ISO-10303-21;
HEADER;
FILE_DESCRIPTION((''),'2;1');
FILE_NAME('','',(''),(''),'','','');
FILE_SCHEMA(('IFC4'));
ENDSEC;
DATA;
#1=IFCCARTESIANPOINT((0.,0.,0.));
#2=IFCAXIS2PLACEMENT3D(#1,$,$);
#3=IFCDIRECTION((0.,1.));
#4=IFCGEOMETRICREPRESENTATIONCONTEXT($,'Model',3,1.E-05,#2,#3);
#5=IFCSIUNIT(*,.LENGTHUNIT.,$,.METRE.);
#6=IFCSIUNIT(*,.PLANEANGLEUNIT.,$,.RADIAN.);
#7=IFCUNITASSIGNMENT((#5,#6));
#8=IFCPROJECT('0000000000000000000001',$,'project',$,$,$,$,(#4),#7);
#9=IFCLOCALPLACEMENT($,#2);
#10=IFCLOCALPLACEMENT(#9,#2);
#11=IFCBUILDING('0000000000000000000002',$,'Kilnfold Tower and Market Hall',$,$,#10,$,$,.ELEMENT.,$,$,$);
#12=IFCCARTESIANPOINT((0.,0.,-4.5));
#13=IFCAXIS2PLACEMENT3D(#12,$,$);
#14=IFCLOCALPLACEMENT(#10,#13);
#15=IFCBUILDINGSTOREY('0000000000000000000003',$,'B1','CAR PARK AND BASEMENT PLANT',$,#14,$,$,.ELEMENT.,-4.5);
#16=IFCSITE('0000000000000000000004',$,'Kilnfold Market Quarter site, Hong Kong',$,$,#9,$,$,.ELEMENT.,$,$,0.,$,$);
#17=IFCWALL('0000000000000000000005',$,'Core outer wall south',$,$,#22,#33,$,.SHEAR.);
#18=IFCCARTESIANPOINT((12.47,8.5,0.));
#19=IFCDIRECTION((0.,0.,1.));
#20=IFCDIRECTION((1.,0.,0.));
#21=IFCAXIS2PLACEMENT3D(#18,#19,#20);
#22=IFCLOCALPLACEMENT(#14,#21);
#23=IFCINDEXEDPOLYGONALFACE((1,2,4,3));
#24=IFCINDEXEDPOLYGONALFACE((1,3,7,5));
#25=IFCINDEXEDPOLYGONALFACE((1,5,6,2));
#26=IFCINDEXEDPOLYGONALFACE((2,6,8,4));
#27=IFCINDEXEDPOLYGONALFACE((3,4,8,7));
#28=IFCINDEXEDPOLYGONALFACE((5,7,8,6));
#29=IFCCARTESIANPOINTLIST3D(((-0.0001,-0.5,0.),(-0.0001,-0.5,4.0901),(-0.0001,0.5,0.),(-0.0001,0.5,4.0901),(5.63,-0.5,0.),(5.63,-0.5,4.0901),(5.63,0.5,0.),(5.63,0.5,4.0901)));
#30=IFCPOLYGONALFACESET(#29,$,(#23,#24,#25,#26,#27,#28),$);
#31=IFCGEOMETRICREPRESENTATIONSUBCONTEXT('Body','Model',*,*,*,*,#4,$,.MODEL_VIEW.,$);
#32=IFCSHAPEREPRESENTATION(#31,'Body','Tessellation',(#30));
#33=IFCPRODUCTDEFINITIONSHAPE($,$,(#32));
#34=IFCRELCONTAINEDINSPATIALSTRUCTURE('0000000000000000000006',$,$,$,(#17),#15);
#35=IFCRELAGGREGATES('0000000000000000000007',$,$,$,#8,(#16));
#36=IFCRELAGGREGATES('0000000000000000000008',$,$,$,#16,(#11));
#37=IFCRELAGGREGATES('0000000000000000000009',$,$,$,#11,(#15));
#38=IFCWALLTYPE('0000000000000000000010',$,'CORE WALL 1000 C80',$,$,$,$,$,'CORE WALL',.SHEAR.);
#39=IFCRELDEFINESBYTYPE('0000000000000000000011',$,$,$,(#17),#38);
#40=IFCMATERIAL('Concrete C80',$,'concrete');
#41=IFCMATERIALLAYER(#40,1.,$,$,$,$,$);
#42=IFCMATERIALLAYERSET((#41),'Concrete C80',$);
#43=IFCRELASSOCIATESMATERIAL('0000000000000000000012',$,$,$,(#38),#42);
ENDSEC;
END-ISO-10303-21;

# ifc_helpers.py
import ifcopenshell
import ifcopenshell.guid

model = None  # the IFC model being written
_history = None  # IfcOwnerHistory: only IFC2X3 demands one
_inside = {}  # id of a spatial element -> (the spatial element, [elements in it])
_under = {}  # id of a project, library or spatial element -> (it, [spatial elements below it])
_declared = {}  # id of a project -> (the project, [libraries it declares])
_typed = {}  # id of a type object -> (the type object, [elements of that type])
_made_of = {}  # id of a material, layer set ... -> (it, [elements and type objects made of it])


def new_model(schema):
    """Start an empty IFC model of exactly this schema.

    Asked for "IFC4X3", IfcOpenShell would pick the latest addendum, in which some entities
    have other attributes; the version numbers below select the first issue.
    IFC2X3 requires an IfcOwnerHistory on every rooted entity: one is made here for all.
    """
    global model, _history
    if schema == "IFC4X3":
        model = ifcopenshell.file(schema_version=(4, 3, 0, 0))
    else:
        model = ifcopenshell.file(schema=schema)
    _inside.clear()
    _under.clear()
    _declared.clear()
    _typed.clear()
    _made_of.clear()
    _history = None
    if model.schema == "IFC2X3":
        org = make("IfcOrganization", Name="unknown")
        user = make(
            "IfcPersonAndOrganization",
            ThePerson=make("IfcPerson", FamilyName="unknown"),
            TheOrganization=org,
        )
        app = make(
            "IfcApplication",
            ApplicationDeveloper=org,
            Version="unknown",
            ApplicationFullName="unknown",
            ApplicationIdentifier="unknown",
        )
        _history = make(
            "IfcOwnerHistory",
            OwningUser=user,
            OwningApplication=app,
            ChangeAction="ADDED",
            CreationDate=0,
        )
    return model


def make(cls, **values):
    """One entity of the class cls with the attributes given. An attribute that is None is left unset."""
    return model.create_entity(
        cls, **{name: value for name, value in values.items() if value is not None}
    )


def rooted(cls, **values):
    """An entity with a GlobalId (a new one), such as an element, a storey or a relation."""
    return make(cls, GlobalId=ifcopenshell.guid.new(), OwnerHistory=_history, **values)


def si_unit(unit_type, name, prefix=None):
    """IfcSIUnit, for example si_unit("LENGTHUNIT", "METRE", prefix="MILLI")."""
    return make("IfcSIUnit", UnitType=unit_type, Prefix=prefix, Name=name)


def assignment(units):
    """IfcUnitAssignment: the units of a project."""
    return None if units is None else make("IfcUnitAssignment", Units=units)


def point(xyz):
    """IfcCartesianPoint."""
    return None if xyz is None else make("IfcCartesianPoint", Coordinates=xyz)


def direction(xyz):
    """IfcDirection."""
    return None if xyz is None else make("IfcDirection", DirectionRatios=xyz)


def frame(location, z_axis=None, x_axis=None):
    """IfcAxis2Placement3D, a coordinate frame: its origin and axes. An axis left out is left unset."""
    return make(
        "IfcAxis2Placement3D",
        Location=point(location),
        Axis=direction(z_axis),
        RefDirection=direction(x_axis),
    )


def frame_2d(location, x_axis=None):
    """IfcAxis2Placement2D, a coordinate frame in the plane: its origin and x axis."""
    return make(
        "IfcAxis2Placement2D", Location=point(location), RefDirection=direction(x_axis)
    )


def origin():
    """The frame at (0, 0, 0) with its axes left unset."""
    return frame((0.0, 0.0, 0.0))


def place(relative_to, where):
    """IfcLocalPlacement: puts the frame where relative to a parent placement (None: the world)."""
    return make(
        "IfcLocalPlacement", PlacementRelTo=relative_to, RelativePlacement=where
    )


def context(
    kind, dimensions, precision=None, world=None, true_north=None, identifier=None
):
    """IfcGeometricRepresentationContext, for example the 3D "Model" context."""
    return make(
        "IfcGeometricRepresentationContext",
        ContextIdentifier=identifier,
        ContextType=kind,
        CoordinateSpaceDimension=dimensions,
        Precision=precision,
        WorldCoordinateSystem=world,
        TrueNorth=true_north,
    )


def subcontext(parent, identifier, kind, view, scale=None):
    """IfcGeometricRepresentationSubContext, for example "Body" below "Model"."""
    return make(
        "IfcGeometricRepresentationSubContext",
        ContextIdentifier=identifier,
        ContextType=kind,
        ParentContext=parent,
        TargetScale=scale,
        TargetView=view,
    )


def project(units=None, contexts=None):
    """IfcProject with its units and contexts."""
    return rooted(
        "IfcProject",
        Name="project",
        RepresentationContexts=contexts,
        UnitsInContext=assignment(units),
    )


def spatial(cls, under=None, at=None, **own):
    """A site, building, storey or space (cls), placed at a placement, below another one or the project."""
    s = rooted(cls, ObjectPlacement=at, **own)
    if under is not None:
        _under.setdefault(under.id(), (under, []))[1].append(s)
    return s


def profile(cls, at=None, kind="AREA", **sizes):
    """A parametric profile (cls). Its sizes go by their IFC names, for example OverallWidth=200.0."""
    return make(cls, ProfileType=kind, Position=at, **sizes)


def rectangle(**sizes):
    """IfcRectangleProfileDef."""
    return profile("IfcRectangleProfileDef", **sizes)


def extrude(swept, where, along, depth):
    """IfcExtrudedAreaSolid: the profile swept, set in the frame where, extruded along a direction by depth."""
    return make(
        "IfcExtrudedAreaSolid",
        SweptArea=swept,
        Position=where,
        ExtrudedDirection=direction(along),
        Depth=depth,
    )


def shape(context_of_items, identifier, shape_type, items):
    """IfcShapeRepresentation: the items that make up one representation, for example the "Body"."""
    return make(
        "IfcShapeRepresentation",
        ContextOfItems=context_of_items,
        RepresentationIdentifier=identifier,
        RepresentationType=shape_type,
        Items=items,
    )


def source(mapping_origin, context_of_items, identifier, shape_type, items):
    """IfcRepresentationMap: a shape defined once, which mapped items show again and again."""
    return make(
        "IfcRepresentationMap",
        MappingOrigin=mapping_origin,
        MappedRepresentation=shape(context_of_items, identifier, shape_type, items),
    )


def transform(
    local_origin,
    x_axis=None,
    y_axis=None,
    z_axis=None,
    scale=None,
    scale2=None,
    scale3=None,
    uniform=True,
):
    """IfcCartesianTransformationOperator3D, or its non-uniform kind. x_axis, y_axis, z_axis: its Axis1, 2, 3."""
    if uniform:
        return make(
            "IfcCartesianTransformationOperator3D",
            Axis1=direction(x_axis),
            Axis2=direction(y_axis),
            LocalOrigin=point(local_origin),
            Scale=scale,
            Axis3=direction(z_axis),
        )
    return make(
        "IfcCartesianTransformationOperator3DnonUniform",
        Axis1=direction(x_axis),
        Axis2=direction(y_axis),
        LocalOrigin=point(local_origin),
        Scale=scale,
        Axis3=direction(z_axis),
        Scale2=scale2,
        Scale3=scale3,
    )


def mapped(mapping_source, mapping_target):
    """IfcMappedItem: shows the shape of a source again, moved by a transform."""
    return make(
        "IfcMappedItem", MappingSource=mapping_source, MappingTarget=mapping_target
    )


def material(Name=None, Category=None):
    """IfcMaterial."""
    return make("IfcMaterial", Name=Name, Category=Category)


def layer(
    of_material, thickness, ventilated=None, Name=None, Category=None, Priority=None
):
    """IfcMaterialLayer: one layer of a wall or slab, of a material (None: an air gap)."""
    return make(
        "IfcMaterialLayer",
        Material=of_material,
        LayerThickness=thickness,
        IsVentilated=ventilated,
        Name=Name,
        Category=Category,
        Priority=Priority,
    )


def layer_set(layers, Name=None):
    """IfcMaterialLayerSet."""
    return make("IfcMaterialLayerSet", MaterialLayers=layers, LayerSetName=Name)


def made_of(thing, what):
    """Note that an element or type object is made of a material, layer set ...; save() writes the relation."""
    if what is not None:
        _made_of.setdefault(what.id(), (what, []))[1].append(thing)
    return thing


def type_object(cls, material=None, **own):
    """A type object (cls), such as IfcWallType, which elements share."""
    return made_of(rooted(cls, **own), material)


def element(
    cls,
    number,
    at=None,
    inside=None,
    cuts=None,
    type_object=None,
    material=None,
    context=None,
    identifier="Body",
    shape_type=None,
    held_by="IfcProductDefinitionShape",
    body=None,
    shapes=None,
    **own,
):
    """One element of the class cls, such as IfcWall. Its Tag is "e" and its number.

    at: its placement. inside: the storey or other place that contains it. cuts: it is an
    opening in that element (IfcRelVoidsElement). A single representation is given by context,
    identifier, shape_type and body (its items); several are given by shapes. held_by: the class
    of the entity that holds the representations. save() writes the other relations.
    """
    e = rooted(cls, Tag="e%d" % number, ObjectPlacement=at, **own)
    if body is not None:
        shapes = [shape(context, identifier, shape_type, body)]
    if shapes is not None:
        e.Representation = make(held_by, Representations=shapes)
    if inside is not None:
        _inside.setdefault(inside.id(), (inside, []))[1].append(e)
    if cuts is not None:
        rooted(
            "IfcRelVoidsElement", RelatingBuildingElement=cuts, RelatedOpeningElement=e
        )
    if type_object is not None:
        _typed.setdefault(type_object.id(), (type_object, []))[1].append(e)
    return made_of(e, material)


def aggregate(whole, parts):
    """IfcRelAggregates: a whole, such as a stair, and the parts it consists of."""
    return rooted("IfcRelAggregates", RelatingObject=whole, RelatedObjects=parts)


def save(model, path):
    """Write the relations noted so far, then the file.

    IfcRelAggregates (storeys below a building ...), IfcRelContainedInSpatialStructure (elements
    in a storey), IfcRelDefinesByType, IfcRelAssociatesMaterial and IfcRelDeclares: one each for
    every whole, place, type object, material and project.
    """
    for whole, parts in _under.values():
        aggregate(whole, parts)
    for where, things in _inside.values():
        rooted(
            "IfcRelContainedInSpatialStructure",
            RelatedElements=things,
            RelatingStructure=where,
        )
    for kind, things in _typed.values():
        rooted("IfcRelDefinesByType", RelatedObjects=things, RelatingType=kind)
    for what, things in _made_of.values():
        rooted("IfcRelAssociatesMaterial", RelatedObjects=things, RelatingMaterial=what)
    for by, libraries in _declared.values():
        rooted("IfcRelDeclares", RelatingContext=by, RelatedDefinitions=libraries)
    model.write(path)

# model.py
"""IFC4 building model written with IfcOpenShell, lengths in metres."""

from ifc_helpers import new_model, si_unit, direction, frame, frame_2d, origin, place, context, subcontext, project, spatial, rectangle, extrude, source, transform, mapped, material, layer, layer_set, type_object, element, save


model = new_model("IFC4")

# Units and contexts
model_context = context("Model", 3, precision=1e-05, world=origin(), true_north=direction((0.0, 1.0)))
body_context = subcontext(model_context, "Body", "Model", "MODEL_VIEW")
ifc_project = project(units=[si_unit("LENGTHUNIT", "METRE"), si_unit("PLANEANGLEUNIT", "RADIAN")], contexts=[model_context])

# Site, building, storey
site_placement = place(None, origin())
site = spatial("IfcSite", under=ifc_project, at=site_placement, Name="Kilnfold Market Quarter site, Hong Kong", CompositionType="ELEMENT", RefElevation=0.0)
building_placement = place(site_placement, origin())
building = spatial("IfcBuilding", under=site, at=building_placement, Name="Kilnfold Tower and Market Hall", CompositionType="ELEMENT")
storey_placement = place(building_placement, frame((0.0, 0.0, -4.5)))
storey = spatial("IfcBuildingStorey", under=building, at=storey_placement, Name="B1", Description="CAR PARK AND BASEMENT PLANT", CompositionType="ELEMENT", Elevation=-4.5)

# Wall
ifc_material_1 = material(Name="Concrete C80", Category="concrete")
ifc_layer_1 = layer(ifc_material_1, 1.0)
ifc_layer_set_1 = layer_set([ifc_layer_1], Name="Concrete C80")
wall_type_1 = type_object("IfcWallType", Name="CORE WALL 1000 C80", ElementType="CORE WALL", PredefinedType="SHEAR", material=ifc_layer_set_1)
shared_shape_1 = source(origin(), body_context, "Body", "SweptSolid", [
    extrude(rectangle(XDim=5.6301, YDim=1.0, at=frame_2d((2.8149, 0.0))), origin(), (0.0, 0.0, 1.0), 4.0901),
])
wall_1_placement = place(storey_placement, frame((12.47, 8.5, 0.0), z_axis=(0.0, 0.0, 1.0), x_axis=(1.0, 0.0, 0.0)))
element("IfcWall", 1, at=wall_1_placement, inside=storey, type_object=wall_type_1, Name="Core outer wall south", PredefinedType="SHEAR", context=body_context, shape_type="MappedRepresentation", body=[
    mapped(shared_shape_1, transform((0.0, 0.0, 0.0))),
])

save(model, "model.ifc")
